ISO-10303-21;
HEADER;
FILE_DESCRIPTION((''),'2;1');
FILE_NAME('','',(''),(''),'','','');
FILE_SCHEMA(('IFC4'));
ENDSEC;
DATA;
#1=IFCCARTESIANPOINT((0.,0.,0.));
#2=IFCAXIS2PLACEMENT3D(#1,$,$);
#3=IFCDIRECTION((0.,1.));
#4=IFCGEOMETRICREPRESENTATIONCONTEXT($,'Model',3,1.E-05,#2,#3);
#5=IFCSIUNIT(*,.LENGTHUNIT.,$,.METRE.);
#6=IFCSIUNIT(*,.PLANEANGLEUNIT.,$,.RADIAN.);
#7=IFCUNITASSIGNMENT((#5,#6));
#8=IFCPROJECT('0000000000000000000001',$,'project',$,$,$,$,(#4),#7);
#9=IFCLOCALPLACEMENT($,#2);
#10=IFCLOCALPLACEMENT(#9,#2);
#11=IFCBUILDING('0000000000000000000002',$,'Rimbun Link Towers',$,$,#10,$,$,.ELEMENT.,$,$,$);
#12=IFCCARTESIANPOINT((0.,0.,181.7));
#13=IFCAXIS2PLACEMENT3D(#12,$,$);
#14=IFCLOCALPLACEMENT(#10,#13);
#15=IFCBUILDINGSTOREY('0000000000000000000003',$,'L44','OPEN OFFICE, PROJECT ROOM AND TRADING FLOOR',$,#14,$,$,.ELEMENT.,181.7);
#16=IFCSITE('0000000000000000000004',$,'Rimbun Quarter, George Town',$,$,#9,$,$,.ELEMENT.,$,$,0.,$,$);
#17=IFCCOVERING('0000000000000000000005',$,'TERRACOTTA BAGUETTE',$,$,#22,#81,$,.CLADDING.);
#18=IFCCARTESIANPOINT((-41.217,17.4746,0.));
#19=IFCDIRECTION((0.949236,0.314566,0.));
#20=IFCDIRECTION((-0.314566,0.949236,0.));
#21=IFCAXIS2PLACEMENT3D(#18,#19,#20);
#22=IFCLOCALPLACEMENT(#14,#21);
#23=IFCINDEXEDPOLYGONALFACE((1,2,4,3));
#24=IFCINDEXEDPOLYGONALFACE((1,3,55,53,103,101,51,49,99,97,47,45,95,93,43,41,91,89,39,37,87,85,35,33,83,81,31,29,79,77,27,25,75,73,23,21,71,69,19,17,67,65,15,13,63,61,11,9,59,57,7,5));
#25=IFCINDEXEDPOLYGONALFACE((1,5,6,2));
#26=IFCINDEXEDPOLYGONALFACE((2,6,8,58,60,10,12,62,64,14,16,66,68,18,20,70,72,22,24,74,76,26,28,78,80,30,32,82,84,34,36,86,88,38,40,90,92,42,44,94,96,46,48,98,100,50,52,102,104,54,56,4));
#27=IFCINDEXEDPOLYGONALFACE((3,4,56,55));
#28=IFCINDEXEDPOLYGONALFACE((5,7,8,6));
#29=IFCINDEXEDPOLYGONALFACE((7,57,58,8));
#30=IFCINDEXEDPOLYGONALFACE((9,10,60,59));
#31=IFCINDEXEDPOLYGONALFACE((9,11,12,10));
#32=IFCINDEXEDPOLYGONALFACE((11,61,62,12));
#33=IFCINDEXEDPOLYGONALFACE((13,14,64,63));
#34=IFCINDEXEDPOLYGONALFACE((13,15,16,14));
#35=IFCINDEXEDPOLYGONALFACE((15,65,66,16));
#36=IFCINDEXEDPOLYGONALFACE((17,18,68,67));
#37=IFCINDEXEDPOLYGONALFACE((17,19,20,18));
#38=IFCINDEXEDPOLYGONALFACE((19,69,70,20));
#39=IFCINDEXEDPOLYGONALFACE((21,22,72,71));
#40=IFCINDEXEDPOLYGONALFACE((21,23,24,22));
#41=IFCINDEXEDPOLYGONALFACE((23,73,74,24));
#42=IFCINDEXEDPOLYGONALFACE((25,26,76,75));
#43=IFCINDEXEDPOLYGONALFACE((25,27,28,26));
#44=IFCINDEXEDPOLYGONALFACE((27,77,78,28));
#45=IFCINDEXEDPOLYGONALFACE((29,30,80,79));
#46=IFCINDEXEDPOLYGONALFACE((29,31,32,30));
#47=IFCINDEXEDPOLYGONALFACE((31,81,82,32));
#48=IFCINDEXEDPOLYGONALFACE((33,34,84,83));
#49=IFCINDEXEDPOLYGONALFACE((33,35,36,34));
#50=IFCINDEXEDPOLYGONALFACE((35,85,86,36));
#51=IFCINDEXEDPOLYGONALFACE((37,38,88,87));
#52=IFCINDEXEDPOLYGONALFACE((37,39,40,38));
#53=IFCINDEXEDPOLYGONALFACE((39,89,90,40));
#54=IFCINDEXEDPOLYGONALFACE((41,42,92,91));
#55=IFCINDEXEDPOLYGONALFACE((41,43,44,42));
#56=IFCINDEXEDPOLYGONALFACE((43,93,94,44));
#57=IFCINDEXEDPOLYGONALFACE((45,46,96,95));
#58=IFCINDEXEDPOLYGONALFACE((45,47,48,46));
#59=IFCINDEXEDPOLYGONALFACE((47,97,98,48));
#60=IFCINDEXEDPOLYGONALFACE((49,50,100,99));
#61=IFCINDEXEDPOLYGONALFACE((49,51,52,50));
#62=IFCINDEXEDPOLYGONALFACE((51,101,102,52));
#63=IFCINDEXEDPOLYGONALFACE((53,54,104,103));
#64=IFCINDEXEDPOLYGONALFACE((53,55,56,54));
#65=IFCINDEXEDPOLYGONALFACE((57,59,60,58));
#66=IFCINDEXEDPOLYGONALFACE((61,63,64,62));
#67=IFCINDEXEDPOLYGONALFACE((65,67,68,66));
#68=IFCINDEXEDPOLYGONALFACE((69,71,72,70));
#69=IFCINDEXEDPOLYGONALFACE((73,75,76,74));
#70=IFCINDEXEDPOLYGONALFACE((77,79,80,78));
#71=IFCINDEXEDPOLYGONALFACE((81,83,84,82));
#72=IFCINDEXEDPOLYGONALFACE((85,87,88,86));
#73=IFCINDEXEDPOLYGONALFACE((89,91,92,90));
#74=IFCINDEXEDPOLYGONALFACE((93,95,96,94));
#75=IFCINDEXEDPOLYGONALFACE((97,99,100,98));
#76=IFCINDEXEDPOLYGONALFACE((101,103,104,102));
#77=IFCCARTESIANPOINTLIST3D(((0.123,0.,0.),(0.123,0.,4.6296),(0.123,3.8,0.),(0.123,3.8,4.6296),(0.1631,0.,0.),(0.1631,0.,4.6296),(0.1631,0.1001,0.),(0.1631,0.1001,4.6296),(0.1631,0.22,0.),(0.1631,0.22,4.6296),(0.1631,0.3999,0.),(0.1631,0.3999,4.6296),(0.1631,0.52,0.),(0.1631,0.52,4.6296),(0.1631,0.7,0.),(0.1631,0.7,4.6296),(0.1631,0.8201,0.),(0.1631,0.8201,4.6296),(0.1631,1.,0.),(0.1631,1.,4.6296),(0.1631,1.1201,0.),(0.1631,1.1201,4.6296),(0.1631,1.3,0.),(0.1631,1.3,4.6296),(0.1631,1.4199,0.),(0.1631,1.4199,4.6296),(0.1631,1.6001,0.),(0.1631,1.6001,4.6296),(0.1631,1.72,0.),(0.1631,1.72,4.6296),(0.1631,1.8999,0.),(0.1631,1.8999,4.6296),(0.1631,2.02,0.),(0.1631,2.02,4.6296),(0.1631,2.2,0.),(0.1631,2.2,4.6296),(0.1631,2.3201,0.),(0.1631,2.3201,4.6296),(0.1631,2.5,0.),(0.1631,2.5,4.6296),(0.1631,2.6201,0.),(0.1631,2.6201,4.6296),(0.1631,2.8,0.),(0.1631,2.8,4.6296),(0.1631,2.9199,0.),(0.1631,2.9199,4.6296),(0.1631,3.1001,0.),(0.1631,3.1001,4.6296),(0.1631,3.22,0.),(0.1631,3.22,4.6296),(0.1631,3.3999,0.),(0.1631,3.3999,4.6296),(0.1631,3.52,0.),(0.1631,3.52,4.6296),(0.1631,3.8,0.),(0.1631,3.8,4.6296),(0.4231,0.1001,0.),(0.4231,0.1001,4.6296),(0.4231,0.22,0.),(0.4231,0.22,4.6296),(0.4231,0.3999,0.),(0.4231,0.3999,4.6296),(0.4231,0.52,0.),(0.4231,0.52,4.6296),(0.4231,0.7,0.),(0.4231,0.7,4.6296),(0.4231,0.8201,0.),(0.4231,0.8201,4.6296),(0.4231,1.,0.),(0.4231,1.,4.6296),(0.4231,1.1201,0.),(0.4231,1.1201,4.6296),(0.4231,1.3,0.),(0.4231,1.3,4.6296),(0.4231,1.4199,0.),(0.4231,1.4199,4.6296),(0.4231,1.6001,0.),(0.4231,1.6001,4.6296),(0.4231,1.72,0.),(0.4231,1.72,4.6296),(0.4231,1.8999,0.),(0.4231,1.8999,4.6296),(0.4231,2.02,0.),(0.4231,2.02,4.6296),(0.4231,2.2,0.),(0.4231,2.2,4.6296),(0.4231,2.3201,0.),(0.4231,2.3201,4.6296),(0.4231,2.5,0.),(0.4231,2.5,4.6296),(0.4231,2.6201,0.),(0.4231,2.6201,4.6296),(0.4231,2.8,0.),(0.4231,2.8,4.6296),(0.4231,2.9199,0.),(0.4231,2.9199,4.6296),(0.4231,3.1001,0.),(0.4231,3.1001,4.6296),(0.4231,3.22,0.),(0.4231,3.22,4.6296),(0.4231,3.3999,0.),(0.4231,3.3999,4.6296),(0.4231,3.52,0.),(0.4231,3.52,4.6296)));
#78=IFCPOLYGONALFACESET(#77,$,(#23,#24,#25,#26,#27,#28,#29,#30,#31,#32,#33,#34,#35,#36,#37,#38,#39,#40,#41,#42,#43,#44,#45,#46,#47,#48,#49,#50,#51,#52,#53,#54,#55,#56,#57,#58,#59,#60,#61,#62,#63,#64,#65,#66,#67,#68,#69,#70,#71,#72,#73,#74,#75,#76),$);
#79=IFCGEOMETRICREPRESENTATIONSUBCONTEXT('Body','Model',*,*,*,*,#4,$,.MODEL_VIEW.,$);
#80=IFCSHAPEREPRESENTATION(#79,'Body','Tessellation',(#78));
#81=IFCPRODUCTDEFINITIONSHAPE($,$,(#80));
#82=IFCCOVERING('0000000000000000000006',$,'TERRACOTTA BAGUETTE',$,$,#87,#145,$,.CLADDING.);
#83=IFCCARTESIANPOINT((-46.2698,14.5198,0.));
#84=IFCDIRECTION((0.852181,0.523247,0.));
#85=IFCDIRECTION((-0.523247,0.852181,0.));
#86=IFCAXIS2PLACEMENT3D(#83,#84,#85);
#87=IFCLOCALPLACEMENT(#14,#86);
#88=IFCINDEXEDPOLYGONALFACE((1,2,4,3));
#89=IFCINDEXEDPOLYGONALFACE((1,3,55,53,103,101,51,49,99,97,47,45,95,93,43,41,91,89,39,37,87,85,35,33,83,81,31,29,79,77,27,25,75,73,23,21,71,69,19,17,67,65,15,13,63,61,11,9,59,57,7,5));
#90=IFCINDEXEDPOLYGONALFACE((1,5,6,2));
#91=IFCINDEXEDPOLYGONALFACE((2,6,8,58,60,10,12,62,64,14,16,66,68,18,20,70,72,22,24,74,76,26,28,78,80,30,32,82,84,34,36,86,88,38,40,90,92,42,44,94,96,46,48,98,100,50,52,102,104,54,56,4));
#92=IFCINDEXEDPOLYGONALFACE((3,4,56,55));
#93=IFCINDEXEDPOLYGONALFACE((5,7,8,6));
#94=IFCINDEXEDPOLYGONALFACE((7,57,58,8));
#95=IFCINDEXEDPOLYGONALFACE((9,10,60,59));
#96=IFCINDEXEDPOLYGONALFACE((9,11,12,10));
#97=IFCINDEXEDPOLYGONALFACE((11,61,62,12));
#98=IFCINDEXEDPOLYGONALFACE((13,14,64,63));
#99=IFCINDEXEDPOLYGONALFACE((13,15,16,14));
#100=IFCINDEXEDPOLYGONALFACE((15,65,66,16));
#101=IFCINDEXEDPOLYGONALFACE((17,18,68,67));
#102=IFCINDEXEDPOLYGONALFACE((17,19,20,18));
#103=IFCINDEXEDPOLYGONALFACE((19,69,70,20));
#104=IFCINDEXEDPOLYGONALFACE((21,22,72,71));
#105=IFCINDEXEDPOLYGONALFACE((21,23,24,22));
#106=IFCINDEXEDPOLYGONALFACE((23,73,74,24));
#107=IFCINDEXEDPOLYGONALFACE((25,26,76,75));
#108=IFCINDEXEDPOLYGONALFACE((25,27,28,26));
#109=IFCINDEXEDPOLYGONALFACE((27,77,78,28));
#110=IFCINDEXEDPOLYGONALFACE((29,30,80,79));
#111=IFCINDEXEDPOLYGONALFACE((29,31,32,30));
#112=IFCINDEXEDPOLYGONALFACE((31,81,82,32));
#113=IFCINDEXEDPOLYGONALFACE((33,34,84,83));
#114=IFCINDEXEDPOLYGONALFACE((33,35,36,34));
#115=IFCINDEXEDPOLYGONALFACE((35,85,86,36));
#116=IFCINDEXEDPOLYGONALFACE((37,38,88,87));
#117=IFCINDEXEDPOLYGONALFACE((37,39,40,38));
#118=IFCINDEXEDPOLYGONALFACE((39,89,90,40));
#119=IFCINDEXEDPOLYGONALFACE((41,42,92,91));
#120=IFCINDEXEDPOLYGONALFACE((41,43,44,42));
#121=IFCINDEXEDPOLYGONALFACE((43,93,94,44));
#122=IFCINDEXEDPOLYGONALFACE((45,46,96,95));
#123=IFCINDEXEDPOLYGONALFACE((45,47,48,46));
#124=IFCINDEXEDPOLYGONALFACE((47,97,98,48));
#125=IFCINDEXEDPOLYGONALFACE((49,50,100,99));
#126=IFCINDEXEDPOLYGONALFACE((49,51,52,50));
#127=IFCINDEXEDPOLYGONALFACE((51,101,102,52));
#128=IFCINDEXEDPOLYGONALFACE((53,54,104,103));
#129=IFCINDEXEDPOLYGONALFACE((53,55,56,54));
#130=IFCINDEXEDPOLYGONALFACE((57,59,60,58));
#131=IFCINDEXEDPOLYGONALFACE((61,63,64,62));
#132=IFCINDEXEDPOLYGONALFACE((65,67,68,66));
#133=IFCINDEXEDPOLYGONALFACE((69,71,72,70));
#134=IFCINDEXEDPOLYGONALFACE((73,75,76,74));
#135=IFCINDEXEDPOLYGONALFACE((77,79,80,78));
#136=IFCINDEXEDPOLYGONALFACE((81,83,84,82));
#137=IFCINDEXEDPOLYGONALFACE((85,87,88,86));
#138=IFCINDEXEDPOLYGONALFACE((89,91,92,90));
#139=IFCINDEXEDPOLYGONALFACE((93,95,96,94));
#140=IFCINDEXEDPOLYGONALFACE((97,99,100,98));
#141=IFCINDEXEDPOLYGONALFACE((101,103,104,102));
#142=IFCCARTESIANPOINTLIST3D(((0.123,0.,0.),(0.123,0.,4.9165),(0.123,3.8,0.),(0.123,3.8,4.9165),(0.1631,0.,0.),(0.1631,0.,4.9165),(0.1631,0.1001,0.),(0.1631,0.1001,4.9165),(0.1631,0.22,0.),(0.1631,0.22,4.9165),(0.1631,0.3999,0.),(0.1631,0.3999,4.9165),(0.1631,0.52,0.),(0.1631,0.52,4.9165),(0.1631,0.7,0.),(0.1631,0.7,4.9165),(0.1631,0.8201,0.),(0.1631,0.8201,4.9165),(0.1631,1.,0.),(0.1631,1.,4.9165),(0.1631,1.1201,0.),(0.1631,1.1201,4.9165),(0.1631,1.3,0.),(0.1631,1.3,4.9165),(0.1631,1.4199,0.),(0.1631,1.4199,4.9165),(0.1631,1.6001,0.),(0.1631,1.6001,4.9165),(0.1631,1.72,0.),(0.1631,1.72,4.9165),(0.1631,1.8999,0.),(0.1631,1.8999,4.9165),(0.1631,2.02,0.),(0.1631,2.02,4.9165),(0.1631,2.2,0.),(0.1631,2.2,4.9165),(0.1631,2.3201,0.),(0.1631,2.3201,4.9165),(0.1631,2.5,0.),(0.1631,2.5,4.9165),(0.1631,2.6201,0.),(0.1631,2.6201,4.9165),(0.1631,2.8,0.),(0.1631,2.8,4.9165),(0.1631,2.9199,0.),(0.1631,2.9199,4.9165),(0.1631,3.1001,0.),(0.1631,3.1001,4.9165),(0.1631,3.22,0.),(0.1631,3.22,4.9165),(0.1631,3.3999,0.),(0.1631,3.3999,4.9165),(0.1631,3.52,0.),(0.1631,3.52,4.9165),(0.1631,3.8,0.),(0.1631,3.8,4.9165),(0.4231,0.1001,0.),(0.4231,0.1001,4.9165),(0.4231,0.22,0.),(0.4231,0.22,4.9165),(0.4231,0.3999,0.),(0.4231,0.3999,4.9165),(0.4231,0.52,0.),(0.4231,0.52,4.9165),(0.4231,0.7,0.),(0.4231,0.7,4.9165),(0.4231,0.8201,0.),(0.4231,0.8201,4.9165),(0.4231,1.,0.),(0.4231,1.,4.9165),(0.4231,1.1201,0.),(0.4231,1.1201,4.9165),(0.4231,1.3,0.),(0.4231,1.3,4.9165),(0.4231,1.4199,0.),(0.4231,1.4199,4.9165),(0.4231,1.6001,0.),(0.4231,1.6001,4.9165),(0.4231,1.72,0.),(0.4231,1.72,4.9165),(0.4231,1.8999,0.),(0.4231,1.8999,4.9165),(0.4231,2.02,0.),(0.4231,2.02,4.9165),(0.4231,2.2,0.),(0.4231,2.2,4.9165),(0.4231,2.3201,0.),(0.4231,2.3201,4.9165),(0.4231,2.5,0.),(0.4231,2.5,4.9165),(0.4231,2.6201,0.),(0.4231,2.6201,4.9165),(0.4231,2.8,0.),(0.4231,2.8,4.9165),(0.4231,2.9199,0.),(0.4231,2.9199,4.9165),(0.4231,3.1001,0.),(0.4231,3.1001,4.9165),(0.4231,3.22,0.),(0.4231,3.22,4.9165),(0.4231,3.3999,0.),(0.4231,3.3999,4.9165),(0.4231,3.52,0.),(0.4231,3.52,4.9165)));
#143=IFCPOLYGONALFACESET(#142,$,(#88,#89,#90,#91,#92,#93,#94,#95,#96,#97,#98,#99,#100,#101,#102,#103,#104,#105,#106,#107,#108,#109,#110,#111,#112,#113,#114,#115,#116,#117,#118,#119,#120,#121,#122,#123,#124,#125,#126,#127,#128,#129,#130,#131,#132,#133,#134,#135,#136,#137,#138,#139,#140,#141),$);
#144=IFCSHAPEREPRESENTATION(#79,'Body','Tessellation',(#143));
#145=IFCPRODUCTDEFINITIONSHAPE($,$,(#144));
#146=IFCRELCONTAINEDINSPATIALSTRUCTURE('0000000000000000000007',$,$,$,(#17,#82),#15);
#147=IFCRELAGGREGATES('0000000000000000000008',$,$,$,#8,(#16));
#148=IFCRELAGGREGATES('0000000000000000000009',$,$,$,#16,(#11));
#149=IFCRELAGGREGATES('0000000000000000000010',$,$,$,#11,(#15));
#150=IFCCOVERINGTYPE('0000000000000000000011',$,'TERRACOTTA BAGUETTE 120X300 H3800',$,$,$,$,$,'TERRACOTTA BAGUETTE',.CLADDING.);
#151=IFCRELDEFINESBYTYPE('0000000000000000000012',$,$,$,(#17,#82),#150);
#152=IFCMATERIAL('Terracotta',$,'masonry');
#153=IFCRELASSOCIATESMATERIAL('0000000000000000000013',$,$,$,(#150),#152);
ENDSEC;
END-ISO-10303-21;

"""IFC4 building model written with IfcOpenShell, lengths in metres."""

from ifc_helpers import new_model, si_unit, direction, frame, origin, place, context, subcontext, project, spatial, polyline, outline, extrude, material, material_profile, profile_set, type_object, element, save


model = new_model("IFC4")

# Units and contexts
model_context = context("Model", 3, precision=1e-05, world=origin(), true_north=direction((0.0, 1.0)))
body_context = subcontext(model_context, "Body", "Model", "MODEL_VIEW")
ifc_project = project(units=[si_unit("LENGTHUNIT", "METRE"), si_unit("PLANEANGLEUNIT", "RADIAN")], contexts=[model_context])

# Site, building, storey
site_placement = place(None, origin())
site = spatial("IfcSite", under=ifc_project, at=site_placement, Name="Rimbun Quarter, George Town", CompositionType="ELEMENT", RefElevation=0.0)
building_placement = place(site_placement, origin())
building = spatial("IfcBuilding", under=site, at=building_placement, Name="Rimbun Link Towers", CompositionType="ELEMENT")
storey_placement = place(building_placement, frame((0.0, 0.0, 181.7)))
storey = spatial("IfcBuildingStorey", under=building, at=storey_placement, Name="L44", Description="OPEN OFFICE, PROJECT ROOM AND TRADING FLOOR", CompositionType="ELEMENT", Elevation=181.7)

# Coverings
ifc_material_1 = material(Name="Terracotta", Category="masonry")
ifc_material_profile_1 = material_profile(ifc_material_1, outline(polyline([(0.123, 0.0), (0.1631, 0.0), (0.1631, 0.1001), (0.4231, 0.1001), (0.4231, 0.22), (0.1631, 0.22), (0.1631, 0.3999), (0.4231, 0.3999), (0.4231, 0.52), (0.1631, 0.52), (0.1631, 0.7), (0.4231, 0.7), (0.4231, 0.8201), (0.1631, 0.8201), (0.1631, 1.0), (0.4231, 1.0), (0.4231, 1.1201), (0.1631, 1.1201), (0.1631, 1.3), (0.4231, 1.3), (0.4231, 1.4199), (0.1631, 1.4199), (0.1631, 1.6001), (0.4231, 1.6001), (0.4231, 1.72), (0.1631, 1.72), (0.1631, 1.8999), (0.4231, 1.8999), (0.4231, 2.02), (0.1631, 2.02), (0.1631, 2.2), (0.4231, 2.2), (0.4231, 2.3201), (0.1631, 2.3201), (0.1631, 2.5), (0.4231, 2.5), (0.4231, 2.6201), (0.1631, 2.6201), (0.1631, 2.8), (0.4231, 2.8), (0.4231, 2.9199), (0.1631, 2.9199), (0.1631, 3.1001), (0.4231, 3.1001), (0.4231, 3.22), (0.1631, 3.22), (0.1631, 3.3999), (0.4231, 3.3999), (0.4231, 3.52), (0.1631, 3.52), (0.1631, 3.8), (0.123, 3.8), (0.123, 0.0)])), Name="BAGUETTE 120X300")
ifc_profile_set_1 = profile_set([ifc_material_profile_1], Name="Terracotta")
covering_type = type_object("IfcCoveringType", Name="TERRACOTTA BAGUETTE 120X300 H3800", ElementType="TERRACOTTA BAGUETTE", PredefinedType="CLADDING", material=ifc_profile_set_1)
covering_1_placement = place(storey_placement, frame((-41.217, 17.4746, 0.0), z_axis=(0.949236, 0.314566, 0.0), x_axis=(-0.314566, 0.949236, 0.0)))
element("IfcCovering", 1, at=covering_1_placement, inside=storey, type_object=covering_type, Name="TERRACOTTA BAGUETTE", PredefinedType="CLADDING", context=body_context, shape_type="SweptSolid", body=[
    extrude(outline(polyline([(0.123, 0.0), (0.1631, 0.0), (0.1631, 0.1001), (0.4231, 0.1001), (0.4231, 0.22), (0.1631, 0.22), (0.1631, 0.3999), (0.4231, 0.3999), (0.4231, 0.52), (0.1631, 0.52), (0.1631, 0.7), (0.4231, 0.7), (0.4231, 0.8201), (0.1631, 0.8201), (0.1631, 1.0), (0.4231, 1.0), (0.4231, 1.1201), (0.1631, 1.1201), (0.1631, 1.3), (0.4231, 1.3), (0.4231, 1.4199), (0.1631, 1.4199), (0.1631, 1.6001), (0.4231, 1.6001), (0.4231, 1.72), (0.1631, 1.72), (0.1631, 1.8999), (0.4231, 1.8999), (0.4231, 2.02), (0.1631, 2.02), (0.1631, 2.2), (0.4231, 2.2), (0.4231, 2.3201), (0.1631, 2.3201), (0.1631, 2.5), (0.4231, 2.5), (0.4231, 2.6201), (0.1631, 2.6201), (0.1631, 2.8), (0.4231, 2.8), (0.4231, 2.9199), (0.1631, 2.9199), (0.1631, 3.1001), (0.4231, 3.1001), (0.4231, 3.22), (0.1631, 3.22), (0.1631, 3.3999), (0.4231, 3.3999), (0.4231, 3.52), (0.1631, 3.52), (0.1631, 3.8), (0.123, 3.8), (0.123, 0.0)])), origin(), (0.0, 0.0, 1.0), 4.6296),
])
covering_2_placement = place(storey_placement, frame((-46.2698, 14.5198, 0.0), z_axis=(0.852181, 0.523247, 0.0), x_axis=(-0.523247, 0.852181, 0.0)))
element("IfcCovering", 2, at=covering_2_placement, inside=storey, type_object=covering_type, Name="TERRACOTTA BAGUETTE", PredefinedType="CLADDING", context=body_context, shape_type="SweptSolid", body=[
    extrude(outline(polyline([(0.123, 0.0), (0.1631, 0.0), (0.1631, 0.1001), (0.4231, 0.1001), (0.4231, 0.22), (0.1631, 0.22), (0.1631, 0.3999), (0.4231, 0.3999), (0.4231, 0.52), (0.1631, 0.52), (0.1631, 0.7), (0.4231, 0.7), (0.4231, 0.8201), (0.1631, 0.8201), (0.1631, 1.0), (0.4231, 1.0), (0.4231, 1.1201), (0.1631, 1.1201), (0.1631, 1.3), (0.4231, 1.3), (0.4231, 1.4199), (0.1631, 1.4199), (0.1631, 1.6001), (0.4231, 1.6001), (0.4231, 1.72), (0.1631, 1.72), (0.1631, 1.8999), (0.4231, 1.8999), (0.4231, 2.02), (0.1631, 2.02), (0.1631, 2.2), (0.4231, 2.2), (0.4231, 2.3201), (0.1631, 2.3201), (0.1631, 2.5), (0.4231, 2.5), (0.4231, 2.6201), (0.1631, 2.6201), (0.1631, 2.8), (0.4231, 2.8), (0.4231, 2.9199), (0.1631, 2.9199), (0.1631, 3.1001), (0.4231, 3.1001), (0.4231, 3.22), (0.1631, 3.22), (0.1631, 3.3999), (0.4231, 3.3999), (0.4231, 3.52), (0.1631, 3.52), (0.1631, 3.8), (0.123, 3.8), (0.123, 0.0)])), origin(), (0.0, 0.0, 1.0), 4.9165),
])

save(model, "model.ifc")
